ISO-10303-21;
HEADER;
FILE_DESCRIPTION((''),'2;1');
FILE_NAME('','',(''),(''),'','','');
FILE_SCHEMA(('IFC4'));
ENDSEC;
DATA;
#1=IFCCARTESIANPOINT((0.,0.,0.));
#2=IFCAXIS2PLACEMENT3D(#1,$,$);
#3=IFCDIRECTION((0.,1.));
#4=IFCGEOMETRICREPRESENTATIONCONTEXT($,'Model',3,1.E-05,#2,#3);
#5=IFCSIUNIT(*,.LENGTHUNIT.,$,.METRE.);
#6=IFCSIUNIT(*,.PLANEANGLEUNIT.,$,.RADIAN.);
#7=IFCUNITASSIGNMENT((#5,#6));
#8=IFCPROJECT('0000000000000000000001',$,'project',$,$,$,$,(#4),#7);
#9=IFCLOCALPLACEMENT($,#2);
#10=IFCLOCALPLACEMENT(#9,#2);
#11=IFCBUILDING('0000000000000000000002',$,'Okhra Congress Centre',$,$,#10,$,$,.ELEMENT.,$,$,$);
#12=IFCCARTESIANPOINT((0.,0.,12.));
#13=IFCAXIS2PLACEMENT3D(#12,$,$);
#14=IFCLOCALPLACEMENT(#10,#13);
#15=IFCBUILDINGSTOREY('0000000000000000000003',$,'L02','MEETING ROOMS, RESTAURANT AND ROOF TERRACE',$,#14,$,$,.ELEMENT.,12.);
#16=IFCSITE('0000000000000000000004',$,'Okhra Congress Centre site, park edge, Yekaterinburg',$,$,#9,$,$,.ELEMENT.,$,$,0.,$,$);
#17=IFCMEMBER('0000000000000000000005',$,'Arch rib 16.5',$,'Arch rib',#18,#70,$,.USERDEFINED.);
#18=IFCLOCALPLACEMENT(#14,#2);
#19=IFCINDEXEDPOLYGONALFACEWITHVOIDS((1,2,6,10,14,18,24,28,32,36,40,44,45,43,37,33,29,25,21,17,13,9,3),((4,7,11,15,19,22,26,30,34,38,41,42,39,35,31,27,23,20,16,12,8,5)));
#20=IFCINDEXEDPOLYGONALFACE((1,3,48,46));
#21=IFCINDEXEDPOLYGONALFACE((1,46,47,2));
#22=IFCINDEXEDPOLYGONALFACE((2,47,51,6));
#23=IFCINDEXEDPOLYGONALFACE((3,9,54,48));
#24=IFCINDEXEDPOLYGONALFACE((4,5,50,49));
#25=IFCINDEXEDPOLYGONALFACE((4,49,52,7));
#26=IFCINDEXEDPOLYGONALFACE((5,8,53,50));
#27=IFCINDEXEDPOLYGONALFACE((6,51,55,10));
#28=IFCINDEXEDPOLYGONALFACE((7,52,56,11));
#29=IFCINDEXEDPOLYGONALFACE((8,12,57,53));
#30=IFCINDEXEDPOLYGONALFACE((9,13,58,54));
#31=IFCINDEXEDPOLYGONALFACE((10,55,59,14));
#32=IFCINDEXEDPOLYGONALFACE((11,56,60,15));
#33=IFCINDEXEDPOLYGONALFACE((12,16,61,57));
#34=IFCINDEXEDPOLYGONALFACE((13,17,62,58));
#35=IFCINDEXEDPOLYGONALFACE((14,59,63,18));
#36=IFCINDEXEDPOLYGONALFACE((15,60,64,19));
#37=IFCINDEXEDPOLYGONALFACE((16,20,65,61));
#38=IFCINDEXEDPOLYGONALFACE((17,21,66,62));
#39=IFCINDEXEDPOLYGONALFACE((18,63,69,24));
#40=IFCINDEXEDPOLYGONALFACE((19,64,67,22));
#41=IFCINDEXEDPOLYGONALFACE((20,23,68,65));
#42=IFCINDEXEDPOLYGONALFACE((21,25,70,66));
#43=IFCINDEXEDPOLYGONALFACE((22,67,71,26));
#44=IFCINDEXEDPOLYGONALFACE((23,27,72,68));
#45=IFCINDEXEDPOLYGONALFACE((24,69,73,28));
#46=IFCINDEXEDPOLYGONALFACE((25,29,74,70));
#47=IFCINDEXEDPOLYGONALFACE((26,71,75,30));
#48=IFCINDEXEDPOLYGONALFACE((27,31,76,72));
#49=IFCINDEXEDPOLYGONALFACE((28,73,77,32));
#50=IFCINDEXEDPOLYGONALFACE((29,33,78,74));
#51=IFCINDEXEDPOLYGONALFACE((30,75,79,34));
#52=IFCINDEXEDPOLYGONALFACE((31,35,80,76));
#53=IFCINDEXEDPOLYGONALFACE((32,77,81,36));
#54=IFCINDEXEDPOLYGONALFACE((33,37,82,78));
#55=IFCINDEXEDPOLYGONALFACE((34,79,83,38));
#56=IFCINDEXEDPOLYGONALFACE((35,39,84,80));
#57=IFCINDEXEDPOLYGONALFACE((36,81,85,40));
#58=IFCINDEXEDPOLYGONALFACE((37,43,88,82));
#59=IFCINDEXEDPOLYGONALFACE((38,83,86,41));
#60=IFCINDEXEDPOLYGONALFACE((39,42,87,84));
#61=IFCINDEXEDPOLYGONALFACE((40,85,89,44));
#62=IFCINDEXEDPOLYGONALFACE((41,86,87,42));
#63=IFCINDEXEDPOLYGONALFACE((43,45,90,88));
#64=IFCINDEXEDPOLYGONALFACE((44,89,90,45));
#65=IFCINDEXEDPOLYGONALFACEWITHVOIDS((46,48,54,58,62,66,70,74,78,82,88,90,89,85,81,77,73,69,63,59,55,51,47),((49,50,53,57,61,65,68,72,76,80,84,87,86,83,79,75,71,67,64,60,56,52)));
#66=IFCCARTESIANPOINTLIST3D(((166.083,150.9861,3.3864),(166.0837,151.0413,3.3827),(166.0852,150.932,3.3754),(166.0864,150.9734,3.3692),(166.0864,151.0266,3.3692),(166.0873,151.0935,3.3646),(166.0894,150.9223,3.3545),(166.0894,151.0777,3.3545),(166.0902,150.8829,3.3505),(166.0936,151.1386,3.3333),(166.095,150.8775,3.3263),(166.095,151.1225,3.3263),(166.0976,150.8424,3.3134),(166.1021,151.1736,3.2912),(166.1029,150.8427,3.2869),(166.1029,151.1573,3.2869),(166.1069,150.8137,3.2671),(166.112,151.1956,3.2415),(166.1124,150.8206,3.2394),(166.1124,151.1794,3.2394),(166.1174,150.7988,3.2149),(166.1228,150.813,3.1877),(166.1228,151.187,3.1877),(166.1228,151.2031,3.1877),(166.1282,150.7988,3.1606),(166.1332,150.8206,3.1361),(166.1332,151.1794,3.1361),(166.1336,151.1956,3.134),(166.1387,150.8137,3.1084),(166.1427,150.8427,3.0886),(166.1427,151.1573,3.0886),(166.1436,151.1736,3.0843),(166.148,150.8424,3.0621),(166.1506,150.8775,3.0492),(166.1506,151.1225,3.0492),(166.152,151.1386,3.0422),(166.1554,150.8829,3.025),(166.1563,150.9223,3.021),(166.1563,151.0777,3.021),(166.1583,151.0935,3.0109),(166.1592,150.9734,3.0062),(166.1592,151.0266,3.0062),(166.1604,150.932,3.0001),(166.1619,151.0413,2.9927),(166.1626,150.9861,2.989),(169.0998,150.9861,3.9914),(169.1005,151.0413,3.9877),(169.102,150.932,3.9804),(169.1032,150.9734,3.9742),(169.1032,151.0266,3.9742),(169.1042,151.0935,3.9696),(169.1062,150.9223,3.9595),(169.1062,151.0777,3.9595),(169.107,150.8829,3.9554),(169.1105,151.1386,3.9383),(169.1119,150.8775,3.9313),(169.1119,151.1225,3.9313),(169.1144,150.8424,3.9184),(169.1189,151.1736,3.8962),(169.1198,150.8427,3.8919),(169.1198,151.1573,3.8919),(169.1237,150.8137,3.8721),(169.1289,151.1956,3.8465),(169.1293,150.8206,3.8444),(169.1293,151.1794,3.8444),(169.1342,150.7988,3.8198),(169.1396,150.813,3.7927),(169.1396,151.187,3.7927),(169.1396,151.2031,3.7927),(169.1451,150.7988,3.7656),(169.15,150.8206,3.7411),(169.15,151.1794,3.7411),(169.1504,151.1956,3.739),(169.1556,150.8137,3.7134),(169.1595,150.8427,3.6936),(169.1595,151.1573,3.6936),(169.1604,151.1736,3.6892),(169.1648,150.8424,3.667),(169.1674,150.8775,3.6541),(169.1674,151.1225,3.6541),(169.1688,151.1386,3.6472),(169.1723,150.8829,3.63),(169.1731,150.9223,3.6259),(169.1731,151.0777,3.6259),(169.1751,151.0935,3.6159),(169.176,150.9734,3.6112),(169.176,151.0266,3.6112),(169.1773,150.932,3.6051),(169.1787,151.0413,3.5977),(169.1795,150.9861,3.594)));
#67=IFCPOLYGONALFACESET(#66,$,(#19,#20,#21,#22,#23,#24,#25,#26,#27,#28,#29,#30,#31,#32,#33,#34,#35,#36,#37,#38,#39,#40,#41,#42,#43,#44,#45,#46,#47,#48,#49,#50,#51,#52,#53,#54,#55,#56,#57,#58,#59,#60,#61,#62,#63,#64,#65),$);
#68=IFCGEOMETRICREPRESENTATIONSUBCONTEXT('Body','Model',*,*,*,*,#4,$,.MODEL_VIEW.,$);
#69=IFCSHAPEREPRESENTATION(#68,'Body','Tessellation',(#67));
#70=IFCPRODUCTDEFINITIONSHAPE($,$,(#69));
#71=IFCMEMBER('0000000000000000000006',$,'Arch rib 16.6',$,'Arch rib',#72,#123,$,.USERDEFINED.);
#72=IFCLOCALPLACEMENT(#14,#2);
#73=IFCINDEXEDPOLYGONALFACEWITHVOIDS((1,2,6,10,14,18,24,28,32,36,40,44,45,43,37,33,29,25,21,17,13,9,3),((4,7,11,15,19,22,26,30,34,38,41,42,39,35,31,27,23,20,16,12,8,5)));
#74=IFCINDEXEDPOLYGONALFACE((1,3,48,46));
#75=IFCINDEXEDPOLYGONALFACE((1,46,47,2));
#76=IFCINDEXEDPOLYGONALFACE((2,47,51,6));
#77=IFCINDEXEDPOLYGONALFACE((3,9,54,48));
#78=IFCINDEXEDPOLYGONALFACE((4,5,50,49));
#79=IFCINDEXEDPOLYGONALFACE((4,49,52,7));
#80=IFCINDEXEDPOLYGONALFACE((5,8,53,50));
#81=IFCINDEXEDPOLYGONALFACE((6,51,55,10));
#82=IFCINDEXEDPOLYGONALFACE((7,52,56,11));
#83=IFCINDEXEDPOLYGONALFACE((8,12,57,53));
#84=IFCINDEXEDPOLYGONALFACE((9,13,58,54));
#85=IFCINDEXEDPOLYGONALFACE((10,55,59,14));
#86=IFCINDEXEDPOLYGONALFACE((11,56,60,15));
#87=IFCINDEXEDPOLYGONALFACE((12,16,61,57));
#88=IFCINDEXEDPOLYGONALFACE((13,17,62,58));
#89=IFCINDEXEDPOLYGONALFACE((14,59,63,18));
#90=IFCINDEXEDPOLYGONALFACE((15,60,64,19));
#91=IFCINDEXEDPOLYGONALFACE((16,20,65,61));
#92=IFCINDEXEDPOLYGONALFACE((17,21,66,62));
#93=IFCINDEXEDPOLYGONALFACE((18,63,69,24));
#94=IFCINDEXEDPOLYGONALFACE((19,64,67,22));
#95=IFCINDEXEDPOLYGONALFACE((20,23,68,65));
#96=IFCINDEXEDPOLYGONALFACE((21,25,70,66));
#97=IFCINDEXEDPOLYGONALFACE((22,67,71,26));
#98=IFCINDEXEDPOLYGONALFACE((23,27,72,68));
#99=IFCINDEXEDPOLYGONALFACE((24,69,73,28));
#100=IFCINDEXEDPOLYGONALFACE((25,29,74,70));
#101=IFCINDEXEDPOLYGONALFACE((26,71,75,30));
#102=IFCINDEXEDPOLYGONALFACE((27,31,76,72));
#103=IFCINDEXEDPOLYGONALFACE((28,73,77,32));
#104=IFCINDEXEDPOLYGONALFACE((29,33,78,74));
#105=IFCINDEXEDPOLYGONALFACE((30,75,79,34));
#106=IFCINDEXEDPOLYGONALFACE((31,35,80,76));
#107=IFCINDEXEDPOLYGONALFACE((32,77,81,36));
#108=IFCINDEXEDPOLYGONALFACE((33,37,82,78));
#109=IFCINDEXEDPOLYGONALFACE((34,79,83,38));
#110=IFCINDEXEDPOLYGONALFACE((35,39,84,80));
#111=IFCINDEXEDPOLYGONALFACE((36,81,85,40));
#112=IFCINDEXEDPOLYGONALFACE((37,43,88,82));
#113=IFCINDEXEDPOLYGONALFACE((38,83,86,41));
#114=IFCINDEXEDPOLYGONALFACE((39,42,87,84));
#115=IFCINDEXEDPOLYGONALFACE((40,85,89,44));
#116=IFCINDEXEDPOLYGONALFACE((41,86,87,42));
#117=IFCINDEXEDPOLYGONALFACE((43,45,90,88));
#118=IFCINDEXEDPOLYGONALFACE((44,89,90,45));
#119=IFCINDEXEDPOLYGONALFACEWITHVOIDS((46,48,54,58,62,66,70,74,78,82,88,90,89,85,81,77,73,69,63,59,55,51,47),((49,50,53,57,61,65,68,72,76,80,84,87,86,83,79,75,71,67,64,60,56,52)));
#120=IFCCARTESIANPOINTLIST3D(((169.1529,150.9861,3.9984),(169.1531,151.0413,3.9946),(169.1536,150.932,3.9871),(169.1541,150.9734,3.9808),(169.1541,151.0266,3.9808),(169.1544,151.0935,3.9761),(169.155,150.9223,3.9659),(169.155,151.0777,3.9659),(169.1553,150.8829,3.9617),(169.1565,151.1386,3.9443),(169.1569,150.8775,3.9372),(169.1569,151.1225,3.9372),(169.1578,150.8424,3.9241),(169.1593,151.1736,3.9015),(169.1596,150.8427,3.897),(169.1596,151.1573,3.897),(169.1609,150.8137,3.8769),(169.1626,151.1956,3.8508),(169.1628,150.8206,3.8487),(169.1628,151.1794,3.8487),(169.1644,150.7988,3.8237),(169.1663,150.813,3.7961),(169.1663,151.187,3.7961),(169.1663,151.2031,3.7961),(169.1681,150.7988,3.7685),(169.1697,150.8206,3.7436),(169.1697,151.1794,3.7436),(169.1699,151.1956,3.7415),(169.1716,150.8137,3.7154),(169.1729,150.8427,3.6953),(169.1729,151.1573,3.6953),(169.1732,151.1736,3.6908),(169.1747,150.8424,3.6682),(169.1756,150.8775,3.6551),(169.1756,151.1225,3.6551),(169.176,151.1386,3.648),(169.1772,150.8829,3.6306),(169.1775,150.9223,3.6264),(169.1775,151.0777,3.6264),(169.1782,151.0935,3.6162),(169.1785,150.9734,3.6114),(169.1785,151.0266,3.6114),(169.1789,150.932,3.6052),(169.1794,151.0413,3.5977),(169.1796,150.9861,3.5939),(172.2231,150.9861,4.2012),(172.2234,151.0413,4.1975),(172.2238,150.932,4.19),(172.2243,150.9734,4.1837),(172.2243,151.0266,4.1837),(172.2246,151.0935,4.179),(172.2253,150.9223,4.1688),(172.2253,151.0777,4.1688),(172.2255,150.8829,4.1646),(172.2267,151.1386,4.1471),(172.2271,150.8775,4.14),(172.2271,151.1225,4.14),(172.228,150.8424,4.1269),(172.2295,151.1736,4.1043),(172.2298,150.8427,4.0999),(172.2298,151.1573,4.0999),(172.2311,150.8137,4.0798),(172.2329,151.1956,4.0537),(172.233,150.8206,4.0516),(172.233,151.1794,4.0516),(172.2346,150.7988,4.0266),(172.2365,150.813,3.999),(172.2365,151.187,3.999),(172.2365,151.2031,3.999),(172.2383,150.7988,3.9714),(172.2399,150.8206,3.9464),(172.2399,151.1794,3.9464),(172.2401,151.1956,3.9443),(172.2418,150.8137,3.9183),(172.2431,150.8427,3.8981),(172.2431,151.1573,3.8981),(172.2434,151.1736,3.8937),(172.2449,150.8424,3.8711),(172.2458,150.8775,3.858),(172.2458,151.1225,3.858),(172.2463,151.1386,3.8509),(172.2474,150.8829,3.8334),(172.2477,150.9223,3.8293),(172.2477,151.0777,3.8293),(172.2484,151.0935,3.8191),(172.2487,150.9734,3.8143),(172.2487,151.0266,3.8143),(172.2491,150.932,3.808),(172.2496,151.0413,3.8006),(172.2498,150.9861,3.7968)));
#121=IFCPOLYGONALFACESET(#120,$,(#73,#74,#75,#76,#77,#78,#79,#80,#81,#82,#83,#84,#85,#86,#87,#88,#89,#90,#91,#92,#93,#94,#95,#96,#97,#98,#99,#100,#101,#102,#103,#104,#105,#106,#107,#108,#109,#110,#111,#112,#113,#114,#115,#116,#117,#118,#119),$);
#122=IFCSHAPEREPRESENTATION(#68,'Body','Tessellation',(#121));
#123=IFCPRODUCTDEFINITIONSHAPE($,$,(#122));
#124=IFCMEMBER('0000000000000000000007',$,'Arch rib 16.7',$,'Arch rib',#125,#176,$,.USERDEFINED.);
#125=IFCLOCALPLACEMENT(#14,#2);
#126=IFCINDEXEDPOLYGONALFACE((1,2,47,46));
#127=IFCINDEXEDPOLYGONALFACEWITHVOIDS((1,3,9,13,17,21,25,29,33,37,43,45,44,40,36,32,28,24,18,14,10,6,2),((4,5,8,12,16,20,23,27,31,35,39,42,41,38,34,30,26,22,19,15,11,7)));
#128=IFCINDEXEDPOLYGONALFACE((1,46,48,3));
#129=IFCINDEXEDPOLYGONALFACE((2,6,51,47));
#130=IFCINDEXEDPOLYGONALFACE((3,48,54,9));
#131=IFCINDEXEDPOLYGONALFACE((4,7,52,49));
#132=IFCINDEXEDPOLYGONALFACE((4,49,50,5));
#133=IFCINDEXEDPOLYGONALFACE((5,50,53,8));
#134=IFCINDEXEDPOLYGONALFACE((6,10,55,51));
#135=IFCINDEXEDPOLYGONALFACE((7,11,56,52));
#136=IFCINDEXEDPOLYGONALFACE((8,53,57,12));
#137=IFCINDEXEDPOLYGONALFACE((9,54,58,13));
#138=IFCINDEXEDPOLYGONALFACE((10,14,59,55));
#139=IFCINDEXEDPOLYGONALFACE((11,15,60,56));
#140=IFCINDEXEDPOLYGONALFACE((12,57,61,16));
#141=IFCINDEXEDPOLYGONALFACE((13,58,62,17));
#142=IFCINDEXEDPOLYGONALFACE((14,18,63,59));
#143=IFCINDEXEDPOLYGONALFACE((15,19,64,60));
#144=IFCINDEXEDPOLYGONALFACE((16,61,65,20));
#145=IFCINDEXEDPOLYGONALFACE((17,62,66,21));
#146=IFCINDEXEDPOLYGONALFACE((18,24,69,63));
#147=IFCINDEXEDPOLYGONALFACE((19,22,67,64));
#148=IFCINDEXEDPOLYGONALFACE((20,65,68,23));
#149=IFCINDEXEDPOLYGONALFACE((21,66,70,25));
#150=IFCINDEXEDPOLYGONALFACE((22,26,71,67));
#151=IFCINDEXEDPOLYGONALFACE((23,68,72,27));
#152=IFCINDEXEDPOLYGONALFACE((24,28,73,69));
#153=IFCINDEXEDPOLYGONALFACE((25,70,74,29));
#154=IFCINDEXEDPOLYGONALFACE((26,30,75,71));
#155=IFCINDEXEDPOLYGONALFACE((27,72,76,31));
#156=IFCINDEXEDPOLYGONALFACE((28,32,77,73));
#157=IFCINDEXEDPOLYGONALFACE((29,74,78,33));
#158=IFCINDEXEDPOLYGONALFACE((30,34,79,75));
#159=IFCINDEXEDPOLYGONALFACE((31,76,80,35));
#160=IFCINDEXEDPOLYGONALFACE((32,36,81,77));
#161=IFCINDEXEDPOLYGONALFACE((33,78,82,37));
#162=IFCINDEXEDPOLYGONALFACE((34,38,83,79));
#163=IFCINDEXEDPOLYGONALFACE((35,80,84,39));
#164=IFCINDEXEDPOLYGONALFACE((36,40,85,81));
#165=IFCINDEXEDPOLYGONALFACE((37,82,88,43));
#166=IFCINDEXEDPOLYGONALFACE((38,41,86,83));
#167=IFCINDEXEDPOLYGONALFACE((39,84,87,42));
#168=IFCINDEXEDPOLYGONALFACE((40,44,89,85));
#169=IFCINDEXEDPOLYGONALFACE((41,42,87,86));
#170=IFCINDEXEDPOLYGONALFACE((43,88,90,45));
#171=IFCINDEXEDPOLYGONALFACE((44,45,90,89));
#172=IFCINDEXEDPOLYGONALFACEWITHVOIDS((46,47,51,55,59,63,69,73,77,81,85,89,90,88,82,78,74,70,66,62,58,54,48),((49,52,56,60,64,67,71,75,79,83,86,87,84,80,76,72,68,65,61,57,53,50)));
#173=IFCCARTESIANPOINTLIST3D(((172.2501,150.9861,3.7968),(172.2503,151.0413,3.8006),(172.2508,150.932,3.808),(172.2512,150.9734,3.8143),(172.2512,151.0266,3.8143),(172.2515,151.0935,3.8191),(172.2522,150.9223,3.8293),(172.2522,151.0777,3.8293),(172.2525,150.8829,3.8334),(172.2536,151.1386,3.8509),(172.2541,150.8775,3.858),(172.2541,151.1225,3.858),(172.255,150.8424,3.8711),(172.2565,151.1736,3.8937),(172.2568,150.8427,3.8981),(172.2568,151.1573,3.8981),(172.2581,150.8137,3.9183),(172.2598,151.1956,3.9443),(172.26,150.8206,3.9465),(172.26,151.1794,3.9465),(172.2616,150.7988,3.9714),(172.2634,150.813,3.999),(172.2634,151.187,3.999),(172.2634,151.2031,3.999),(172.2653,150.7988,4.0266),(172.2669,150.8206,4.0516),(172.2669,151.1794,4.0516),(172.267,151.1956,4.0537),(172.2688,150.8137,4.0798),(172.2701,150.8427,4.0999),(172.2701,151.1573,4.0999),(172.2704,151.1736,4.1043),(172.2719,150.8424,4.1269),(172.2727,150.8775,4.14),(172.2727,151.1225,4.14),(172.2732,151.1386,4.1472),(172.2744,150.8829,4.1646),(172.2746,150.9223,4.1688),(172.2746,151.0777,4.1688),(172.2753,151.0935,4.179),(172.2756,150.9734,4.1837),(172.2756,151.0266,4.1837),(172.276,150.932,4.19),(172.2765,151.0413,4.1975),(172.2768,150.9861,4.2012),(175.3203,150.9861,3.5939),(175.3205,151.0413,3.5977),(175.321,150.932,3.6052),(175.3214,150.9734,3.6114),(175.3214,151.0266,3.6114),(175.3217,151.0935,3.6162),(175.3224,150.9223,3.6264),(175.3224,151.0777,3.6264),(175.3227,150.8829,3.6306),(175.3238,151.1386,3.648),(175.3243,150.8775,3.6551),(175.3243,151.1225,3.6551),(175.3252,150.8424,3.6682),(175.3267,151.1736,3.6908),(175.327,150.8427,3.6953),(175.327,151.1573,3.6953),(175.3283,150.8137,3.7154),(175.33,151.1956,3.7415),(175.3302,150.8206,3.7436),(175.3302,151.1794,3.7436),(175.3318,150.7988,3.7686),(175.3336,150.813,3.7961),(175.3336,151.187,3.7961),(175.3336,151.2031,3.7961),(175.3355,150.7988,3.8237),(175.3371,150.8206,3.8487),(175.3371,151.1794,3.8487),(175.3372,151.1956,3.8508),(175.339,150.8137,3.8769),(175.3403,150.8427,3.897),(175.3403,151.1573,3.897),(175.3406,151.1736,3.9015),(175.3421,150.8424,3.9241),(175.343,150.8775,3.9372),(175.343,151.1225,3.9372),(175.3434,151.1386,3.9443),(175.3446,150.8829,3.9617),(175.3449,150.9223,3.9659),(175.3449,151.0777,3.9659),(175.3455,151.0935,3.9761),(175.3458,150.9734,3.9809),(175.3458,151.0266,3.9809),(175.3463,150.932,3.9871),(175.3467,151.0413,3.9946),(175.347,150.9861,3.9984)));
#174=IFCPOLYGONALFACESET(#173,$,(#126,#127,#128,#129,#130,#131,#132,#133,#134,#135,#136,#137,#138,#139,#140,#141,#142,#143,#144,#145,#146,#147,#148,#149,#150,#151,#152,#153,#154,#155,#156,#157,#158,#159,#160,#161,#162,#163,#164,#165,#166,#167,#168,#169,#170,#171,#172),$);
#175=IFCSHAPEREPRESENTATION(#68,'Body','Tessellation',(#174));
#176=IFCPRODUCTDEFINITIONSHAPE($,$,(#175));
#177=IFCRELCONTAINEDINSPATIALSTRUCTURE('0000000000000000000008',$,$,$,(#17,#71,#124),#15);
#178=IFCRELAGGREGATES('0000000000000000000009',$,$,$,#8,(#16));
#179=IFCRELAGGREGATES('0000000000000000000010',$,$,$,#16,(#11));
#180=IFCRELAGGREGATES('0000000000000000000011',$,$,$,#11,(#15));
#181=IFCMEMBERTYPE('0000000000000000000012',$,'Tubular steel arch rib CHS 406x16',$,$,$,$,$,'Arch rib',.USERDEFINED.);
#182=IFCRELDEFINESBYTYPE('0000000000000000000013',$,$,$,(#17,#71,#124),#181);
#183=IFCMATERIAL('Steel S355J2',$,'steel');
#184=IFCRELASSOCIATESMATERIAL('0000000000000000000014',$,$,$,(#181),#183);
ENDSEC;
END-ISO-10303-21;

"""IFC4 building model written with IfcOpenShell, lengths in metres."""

from ifc_helpers import new_model, si_unit, direction, frame, origin, origin_2d, place, context, subcontext, project, spatial, hollow_circle, extrude, material, material_profile, profile_set, type_object, element, save


model = new_model("IFC4")

# Units and contexts
model_context = context("Model", 3, precision=1e-05, world=origin(), true_north=direction((0.0, 1.0)))
body_context = subcontext(model_context, "Body", "Model", "MODEL_VIEW")
ifc_project = project(units=[si_unit("LENGTHUNIT", "METRE"), si_unit("PLANEANGLEUNIT", "RADIAN")], contexts=[model_context])

# Site, building, storey
site_placement = place(None, origin())
site = spatial("IfcSite", under=ifc_project, at=site_placement, Name="Okhra Congress Centre site, park edge, Yekaterinburg", CompositionType="ELEMENT", RefElevation=0.0)
building_placement = place(site_placement, origin())
building = spatial("IfcBuilding", under=site, at=building_placement, Name="Okhra Congress Centre", CompositionType="ELEMENT")
storey_placement = place(building_placement, frame((0.0, 0.0, 12.0)))
storey = spatial("IfcBuildingStorey", under=building, at=storey_placement, Name="L02", Description="MEETING ROOMS, RESTAURANT AND ROOF TERRACE", CompositionType="ELEMENT", Elevation=12.0)

# Members
ifc_material_1 = material(Name="Steel S355J2", Category="steel")
ifc_material_profile_1 = material_profile(ifc_material_1, hollow_circle(Radius=0.2031, WallThickness=0.0161, at=origin_2d()), Name="CHS 406.4x16")
ifc_profile_set_1 = profile_set([ifc_material_profile_1], Name="Steel S355J2")
member_type_1 = type_object("IfcMemberType", Name="Tubular steel arch rib CHS 406x16", ElementType="Arch rib", PredefinedType="USERDEFINED", material=ifc_profile_set_1)
for number, where, z_axis, x_axis, name in (
    (1, (166.1228, 151.0, 3.1877), (0.98048, 0.0, 0.19662), (0.0, 1.0, 0.0), "Arch rib 16.5"),
    (2, (169.1663, 151.0, 3.7961), (0.997824, 0.0, 0.065934), (0.0, 1.0, 0.0), "Arch rib 16.6"),
    (3, (172.2634, 151.0, 3.999), (0.997824, 0.0, -0.065934), (0.0, 1.0, 0.0), "Arch rib 16.7"),
):
    element("IfcMember", number, at=place(storey_placement, frame(where, z_axis=z_axis, x_axis=x_axis)), inside=storey, type_object=member_type_1, Name=name, ObjectType="Arch rib", PredefinedType="USERDEFINED", context=body_context, shape_type="SweptSolid", body=[
        extrude(hollow_circle(Radius=0.2031, WallThickness=0.0161, at=origin_2d()), origin(), (0.0, 0.0, 1.0), 3.0769),
    ])

save(model, "model.ifc")
